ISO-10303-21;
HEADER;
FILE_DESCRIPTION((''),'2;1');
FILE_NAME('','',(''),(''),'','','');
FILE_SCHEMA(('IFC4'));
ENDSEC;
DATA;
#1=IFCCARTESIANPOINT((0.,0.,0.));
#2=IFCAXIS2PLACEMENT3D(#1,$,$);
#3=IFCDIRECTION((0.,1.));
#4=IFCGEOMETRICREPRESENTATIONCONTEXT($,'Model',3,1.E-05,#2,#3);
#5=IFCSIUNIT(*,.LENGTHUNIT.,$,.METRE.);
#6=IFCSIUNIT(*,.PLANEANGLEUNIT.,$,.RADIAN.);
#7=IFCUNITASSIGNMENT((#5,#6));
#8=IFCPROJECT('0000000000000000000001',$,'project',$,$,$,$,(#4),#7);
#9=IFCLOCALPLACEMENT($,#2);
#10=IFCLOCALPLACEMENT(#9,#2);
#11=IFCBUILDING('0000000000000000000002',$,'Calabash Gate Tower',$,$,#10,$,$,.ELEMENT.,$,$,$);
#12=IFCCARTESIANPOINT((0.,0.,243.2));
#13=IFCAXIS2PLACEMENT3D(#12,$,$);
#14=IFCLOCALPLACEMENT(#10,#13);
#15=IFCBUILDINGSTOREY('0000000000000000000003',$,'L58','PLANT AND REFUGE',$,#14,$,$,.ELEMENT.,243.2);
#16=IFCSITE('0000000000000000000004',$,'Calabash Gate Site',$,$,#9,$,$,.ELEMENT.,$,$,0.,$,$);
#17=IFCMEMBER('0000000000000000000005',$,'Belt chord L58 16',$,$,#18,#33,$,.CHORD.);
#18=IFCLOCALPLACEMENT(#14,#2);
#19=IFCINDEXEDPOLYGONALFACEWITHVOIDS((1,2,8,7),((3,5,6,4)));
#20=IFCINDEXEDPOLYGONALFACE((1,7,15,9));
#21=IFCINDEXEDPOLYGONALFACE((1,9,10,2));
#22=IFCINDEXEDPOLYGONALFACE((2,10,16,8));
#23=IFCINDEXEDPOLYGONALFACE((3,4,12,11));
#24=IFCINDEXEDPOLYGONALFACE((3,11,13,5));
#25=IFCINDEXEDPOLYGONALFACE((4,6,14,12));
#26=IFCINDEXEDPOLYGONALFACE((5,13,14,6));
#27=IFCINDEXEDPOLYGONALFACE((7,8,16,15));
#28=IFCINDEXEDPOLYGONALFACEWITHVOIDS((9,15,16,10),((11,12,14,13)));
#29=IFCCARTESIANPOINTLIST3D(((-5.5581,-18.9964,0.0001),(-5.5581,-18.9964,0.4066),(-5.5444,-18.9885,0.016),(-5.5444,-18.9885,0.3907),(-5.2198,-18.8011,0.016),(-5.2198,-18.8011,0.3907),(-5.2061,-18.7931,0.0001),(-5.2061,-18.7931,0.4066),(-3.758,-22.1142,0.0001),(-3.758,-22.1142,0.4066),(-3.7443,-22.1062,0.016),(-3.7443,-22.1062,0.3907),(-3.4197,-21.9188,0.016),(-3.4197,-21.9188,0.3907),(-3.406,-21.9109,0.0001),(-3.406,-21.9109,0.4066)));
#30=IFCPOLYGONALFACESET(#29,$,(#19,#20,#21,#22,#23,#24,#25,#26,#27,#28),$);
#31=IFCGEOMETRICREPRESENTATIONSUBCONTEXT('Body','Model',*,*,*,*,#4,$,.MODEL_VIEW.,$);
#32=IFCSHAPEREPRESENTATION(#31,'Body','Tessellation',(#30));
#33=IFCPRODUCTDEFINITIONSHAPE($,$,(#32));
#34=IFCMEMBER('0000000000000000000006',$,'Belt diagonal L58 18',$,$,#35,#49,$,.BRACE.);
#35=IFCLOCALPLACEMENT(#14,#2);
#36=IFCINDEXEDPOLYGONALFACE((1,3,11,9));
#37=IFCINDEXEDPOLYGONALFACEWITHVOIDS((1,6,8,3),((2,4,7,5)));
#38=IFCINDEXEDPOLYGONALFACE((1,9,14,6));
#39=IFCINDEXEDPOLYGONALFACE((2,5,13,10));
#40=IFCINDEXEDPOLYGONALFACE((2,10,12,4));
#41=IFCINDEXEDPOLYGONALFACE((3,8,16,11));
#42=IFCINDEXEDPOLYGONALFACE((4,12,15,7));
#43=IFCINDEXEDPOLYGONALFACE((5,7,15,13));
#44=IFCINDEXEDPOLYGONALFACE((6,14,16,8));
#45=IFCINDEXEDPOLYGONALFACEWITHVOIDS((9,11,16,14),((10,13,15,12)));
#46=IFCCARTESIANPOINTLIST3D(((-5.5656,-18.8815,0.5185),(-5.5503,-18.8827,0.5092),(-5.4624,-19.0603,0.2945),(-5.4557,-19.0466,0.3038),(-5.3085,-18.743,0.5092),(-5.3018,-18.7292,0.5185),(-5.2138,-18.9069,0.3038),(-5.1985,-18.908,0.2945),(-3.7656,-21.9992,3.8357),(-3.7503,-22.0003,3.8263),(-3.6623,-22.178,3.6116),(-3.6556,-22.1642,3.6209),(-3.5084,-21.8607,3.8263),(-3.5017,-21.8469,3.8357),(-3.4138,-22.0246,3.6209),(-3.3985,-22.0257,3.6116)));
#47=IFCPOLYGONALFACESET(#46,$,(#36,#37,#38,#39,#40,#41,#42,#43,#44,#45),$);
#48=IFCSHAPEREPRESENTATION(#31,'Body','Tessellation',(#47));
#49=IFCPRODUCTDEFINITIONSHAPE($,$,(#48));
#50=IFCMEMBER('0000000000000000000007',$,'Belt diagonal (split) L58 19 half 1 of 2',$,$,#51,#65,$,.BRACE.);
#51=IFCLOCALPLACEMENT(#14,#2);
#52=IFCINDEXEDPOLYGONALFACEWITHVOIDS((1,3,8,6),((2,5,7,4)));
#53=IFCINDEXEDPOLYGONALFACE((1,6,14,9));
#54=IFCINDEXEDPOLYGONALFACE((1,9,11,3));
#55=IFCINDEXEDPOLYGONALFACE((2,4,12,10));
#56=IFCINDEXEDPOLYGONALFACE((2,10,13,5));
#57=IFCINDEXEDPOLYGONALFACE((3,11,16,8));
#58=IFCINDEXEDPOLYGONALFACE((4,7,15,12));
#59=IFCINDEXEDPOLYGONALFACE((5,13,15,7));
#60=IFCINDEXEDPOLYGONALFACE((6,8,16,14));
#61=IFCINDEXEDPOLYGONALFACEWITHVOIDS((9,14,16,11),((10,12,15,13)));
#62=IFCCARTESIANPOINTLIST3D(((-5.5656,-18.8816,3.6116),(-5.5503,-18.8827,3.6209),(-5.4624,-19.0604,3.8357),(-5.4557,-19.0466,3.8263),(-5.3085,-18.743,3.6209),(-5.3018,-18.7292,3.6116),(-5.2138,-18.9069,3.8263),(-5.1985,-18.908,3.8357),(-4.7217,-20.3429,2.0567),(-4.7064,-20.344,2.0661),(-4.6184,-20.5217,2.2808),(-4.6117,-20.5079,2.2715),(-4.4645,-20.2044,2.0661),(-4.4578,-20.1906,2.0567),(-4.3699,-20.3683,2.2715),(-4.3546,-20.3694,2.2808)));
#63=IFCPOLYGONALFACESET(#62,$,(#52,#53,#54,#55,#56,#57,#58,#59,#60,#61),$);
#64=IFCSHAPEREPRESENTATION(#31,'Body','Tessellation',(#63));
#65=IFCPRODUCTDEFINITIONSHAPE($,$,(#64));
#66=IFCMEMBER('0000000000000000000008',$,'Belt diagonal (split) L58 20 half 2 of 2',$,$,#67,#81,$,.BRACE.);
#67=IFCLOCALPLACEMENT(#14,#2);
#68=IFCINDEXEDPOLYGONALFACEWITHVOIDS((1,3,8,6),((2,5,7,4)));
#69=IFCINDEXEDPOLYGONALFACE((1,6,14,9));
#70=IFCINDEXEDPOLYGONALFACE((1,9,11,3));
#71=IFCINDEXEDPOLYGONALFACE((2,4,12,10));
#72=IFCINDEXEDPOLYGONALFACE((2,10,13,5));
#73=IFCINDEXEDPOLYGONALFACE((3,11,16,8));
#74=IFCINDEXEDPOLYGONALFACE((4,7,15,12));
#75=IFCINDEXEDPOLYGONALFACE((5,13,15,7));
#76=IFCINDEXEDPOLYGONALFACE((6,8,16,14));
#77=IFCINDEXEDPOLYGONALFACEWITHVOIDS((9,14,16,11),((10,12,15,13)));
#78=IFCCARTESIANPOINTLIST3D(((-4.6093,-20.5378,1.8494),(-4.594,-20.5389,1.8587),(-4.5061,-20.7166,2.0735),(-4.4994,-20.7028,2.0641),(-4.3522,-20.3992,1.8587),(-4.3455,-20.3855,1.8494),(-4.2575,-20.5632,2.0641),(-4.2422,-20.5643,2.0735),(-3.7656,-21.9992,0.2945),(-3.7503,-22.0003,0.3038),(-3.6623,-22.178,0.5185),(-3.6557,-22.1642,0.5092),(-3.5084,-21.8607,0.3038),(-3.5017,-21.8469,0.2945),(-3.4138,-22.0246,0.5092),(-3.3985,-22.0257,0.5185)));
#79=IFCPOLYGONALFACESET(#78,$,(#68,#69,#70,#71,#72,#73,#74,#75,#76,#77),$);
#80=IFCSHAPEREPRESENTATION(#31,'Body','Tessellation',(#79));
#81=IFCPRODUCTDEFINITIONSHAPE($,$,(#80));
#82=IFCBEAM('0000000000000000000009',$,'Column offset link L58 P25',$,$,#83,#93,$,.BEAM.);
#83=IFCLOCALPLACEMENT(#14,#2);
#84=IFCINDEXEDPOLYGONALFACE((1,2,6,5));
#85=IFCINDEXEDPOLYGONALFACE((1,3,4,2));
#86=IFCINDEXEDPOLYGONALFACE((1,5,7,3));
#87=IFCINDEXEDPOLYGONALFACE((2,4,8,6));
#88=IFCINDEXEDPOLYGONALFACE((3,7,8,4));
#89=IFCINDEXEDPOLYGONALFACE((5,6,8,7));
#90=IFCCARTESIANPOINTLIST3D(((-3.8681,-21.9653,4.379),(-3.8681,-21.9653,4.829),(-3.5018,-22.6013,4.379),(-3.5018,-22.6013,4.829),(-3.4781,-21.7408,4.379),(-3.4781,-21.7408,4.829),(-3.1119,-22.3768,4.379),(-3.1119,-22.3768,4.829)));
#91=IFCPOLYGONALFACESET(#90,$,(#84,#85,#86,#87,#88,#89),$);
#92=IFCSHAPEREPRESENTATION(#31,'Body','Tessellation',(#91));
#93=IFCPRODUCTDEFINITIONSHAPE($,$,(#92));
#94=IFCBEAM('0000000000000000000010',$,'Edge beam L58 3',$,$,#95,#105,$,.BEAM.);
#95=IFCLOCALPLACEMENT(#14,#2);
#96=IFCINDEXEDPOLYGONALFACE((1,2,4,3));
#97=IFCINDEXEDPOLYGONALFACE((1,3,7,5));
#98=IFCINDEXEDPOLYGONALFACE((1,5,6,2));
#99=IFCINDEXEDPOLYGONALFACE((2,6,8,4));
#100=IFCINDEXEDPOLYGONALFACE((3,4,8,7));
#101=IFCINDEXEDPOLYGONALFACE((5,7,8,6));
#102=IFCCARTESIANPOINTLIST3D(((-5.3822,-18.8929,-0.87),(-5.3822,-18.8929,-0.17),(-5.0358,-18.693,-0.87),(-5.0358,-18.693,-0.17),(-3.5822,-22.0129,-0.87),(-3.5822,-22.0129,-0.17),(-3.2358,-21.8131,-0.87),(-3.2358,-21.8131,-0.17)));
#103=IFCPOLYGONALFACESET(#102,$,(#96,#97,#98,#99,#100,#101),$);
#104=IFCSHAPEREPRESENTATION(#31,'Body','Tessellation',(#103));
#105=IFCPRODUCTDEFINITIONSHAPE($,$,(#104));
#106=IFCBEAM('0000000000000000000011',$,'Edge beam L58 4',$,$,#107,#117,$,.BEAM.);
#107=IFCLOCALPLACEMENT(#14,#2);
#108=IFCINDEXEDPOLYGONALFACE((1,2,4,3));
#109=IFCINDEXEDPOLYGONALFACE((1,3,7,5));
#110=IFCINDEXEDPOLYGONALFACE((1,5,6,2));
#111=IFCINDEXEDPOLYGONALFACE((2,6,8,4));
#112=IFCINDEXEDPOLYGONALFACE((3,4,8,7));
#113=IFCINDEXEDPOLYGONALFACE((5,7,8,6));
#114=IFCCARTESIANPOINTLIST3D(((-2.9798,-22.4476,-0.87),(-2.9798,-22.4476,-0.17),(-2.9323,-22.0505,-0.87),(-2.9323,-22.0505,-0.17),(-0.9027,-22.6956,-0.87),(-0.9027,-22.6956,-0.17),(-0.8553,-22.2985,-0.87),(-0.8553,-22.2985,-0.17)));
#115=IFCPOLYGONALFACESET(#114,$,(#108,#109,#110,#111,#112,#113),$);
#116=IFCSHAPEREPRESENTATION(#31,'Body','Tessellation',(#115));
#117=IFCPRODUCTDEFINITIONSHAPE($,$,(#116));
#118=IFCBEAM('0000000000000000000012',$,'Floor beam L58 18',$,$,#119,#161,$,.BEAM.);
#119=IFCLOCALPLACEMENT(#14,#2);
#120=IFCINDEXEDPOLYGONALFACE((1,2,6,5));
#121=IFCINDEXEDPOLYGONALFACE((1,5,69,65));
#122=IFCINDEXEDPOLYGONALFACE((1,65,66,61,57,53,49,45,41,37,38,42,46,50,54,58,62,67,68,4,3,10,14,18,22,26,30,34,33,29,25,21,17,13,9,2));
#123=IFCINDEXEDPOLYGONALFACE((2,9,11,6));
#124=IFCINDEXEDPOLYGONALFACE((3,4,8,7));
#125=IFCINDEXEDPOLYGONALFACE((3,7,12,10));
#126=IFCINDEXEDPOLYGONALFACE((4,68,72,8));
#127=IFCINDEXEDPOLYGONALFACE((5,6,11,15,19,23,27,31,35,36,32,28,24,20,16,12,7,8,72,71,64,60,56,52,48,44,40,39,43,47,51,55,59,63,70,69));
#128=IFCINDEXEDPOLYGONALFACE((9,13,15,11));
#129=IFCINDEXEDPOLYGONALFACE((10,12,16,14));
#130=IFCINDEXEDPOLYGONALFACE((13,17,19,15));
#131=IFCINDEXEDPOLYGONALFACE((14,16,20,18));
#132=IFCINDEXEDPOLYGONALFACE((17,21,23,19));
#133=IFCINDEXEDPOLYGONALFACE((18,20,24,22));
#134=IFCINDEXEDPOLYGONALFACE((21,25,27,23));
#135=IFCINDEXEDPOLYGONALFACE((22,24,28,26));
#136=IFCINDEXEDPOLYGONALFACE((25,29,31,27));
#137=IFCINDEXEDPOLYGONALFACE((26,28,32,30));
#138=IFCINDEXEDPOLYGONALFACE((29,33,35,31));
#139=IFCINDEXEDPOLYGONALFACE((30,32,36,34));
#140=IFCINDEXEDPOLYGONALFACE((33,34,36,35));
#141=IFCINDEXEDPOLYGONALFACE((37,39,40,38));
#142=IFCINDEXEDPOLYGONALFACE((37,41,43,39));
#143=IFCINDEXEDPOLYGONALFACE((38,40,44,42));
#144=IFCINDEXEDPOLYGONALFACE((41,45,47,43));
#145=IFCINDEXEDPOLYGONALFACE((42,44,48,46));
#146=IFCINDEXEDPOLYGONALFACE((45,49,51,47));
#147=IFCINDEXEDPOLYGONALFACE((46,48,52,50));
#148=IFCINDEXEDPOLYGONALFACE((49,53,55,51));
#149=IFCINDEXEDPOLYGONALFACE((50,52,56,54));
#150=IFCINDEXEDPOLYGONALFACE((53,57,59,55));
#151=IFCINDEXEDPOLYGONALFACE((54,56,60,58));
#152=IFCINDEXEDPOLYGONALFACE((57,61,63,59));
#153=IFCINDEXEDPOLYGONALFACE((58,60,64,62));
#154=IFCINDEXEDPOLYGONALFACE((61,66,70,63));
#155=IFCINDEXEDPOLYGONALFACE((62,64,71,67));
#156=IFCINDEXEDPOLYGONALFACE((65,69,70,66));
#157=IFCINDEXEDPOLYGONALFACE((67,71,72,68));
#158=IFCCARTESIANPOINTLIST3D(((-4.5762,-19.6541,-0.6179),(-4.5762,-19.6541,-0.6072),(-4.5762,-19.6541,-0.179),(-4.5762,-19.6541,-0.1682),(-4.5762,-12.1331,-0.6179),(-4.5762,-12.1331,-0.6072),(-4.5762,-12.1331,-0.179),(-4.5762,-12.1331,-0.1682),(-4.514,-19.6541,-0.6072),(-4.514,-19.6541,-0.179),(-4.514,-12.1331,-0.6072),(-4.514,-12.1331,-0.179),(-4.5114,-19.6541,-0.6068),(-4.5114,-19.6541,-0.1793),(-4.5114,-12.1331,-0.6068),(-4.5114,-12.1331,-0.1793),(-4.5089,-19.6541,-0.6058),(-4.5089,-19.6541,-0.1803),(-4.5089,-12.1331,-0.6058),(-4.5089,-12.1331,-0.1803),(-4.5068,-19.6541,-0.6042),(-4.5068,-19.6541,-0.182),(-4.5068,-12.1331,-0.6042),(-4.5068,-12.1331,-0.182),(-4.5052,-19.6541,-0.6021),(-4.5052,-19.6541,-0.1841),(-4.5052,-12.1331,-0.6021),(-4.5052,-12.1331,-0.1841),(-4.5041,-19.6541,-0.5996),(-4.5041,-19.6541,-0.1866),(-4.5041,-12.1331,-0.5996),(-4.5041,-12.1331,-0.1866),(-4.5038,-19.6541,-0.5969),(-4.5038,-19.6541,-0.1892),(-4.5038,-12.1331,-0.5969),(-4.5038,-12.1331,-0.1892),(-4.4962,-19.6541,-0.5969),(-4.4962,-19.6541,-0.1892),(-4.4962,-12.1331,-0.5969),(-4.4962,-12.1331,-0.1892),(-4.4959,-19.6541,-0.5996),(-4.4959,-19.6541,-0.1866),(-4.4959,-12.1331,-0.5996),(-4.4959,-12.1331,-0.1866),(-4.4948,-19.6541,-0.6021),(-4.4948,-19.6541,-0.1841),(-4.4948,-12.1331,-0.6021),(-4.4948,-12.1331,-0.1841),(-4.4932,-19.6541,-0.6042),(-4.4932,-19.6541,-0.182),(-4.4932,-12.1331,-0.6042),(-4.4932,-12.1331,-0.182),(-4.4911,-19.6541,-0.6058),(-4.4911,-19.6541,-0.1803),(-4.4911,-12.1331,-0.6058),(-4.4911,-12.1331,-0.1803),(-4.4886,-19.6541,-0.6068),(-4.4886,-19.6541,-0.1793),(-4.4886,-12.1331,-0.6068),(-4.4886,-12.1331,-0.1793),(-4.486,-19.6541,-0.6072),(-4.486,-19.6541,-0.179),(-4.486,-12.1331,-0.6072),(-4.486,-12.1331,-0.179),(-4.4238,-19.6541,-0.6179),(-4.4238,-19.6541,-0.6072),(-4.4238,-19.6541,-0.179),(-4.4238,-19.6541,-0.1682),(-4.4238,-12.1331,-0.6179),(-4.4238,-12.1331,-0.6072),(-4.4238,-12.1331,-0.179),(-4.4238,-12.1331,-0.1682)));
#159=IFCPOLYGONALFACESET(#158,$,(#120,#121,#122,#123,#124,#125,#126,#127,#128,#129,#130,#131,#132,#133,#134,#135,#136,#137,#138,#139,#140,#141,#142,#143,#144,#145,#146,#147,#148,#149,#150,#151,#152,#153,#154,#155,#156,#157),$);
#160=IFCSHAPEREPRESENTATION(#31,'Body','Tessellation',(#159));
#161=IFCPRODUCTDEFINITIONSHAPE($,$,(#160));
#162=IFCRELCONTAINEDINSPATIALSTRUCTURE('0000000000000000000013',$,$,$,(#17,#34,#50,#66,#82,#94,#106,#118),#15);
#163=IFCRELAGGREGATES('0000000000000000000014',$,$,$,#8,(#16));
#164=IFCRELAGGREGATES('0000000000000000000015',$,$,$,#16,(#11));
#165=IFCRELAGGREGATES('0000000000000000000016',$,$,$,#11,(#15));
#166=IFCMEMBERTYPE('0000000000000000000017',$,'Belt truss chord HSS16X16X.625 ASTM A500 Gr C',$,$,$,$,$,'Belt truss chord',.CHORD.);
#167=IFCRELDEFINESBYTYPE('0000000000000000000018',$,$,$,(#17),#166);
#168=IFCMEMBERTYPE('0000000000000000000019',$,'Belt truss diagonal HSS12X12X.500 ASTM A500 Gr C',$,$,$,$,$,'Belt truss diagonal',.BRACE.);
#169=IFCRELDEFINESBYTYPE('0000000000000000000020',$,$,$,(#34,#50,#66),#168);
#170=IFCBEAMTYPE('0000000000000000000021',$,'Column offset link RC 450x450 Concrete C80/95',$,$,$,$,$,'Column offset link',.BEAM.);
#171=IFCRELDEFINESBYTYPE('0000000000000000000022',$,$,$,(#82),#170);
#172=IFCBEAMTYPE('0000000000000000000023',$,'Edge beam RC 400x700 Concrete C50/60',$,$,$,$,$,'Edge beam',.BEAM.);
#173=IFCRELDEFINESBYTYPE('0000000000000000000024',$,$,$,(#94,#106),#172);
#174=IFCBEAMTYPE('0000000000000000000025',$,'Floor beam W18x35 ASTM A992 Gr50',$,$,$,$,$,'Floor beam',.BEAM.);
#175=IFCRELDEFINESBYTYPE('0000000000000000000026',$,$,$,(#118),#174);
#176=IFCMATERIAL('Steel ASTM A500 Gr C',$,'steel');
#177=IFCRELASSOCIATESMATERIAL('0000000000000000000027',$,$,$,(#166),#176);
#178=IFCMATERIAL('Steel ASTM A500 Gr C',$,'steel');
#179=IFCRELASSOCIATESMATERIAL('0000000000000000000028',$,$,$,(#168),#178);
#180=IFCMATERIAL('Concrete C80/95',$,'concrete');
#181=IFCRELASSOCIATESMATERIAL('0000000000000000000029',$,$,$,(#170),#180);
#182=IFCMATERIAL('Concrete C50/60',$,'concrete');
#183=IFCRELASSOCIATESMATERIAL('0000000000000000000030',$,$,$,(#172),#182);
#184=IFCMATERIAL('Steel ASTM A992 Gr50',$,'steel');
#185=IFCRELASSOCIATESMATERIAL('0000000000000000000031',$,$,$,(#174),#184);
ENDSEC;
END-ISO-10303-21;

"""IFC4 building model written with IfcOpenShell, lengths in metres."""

from ifc_helpers import new_model, si_unit, direction, frame, origin, origin_2d, place, context, subcontext, project, spatial, rectangle, hollow_rectangle, i_section, extrude, material, material_profile, profile_set, type_object, element, save


model = new_model("IFC4")

# Units and contexts
model_context = context("Model", 3, precision=1e-05, world=origin(), true_north=direction((0.0, 1.0)))
body_context = subcontext(model_context, "Body", "Model", "MODEL_VIEW")
ifc_project = project(units=[si_unit("LENGTHUNIT", "METRE"), si_unit("PLANEANGLEUNIT", "RADIAN")], contexts=[model_context])

# Site, building, storey
site_placement = place(None, origin())
site = spatial("IfcSite", under=ifc_project, at=site_placement, Name="Calabash Gate Site", CompositionType="ELEMENT", RefElevation=0.0)
building_placement = place(site_placement, origin())
building = spatial("IfcBuilding", under=site, at=building_placement, Name="Calabash Gate Tower", CompositionType="ELEMENT")
storey_placement = place(building_placement, frame((0.0, 0.0, 243.2)))
storey = spatial("IfcBuildingStorey", under=building, at=storey_placement, Name="L58", Description="PLANT AND REFUGE", CompositionType="ELEMENT", Elevation=243.2)

# Members
ifc_material_1 = material(Name="Steel ASTM A500 Gr C", Category="steel")
ifc_material_profile_1 = material_profile(ifc_material_1, hollow_rectangle(XDim=0.4065, YDim=0.4065, WallThickness=0.0159, at=origin_2d()))
ifc_profile_set_1 = profile_set([ifc_material_profile_1], Name="Steel ASTM A500 Gr C")
member_type_1 = type_object("IfcMemberType", Name="Belt truss chord HSS16X16X.625 ASTM A500 Gr C", ElementType="Belt truss chord", PredefinedType="CHORD", material=ifc_profile_set_1)
member_1_placement = place(storey_placement, frame((-5.3821, -18.8948, 0.2034), z_axis=(0.500012, -0.866018, 0.0), x_axis=(0.866018, 0.500012, 0.0)))
element("IfcMember", 1, at=member_1_placement, inside=storey, type_object=member_type_1, Name="Belt chord L58 16", PredefinedType="CHORD", context=body_context, shape_type="SweptSolid", body=[
    extrude(hollow_rectangle(XDim=0.4065, YDim=0.4065, WallThickness=0.0159, at=origin_2d()), origin(), (0.0, 0.0, 1.0), 3.6001),
])
ifc_material_2 = material(Name="Steel ASTM A500 Gr C", Category="steel")
ifc_material_profile_2 = material_profile(ifc_material_2, hollow_rectangle(XDim=0.3047, YDim=0.3047, WallThickness=0.0127, at=origin_2d()))
ifc_profile_set_2 = profile_set([ifc_material_profile_2], Name="Steel ASTM A500 Gr C")
member_type_2 = type_object("IfcMemberType", Name="Belt truss diagonal HSS12X12X.500 ASTM A500 Gr C", ElementType="Belt truss diagonal", PredefinedType="BRACE", material=ifc_profile_set_2)
member_2_placement = place(storey_placement, frame((-5.3821, -18.8948, 0.4065), z_axis=(0.367713, -0.636878, 0.677624), x_axis=(0.866018, 0.500012, 0.0)))
element("IfcMember", 2, at=member_2_placement, inside=storey, type_object=member_type_2, Name="Belt diagonal L58 18", PredefinedType="BRACE", context=body_context, shape_type="SweptSolid", body=[
    extrude(hollow_rectangle(XDim=0.3047, YDim=0.3047, WallThickness=0.0127, at=origin_2d()), origin(), (0.0, 0.0, 1.0), 4.8953),
])
for number, where, z_axis, x_axis, name in (
    (3, (-5.3821, -18.8948, 3.7236), (0.367793, -0.636855, -0.677602), (0.865964, 0.500106, 0.0), "Belt diagonal (split) L58 19 half 1 of 2"),
    (4, (-4.4258, -20.551, 1.9614), (0.367701, -0.63688, -0.677629), (0.866027, 0.499998, 0.0), "Belt diagonal (split) L58 20 half 2 of 2"),
):
    element("IfcMember", number, at=place(storey_placement, frame(where, z_axis=z_axis, x_axis=x_axis)), inside=storey, type_object=member_type_2, Name=name, PredefinedType="BRACE", context=body_context, shape_type="SweptSolid", body=[
        extrude(hollow_rectangle(XDim=0.3047, YDim=0.3047, WallThickness=0.0127, at=origin_2d()), origin(), (0.0, 0.0, 1.0), 2.2947),
    ])

# Beams
ifc_material_3 = material(Name="Concrete C80/95", Category="concrete")
ifc_material_profile_3 = material_profile(ifc_material_3, rectangle(XDim=0.45, YDim=0.45, at=origin_2d()))
ifc_profile_set_3 = profile_set([ifc_material_profile_3], Name="Concrete C80/95")
beam_type_1 = type_object("IfcBeamType", Name="Column offset link RC 450x450 Concrete C80/95", ElementType="Column offset link", PredefinedType="BEAM", material=ifc_profile_set_3)
beam_1_placement = place(storey_placement, frame((-3.3069, -22.489, 4.604), z_axis=(-0.499002, 0.866601, 0.0), x_axis=(-0.866601, -0.499002, 0.0)))
element("IfcBeam", 5, at=beam_1_placement, inside=storey, type_object=beam_type_1, Name="Column offset link L58 P25", PredefinedType="BEAM", context=body_context, shape_type="SweptSolid", body=[
    extrude(rectangle(XDim=0.45, YDim=0.45, at=origin_2d()), origin(), (0.0, 0.0, 1.0), 0.7339),
])
ifc_material_4 = material(Name="Concrete C50/60", Category="concrete")
ifc_material_profile_4 = material_profile(ifc_material_4, rectangle(XDim=0.3999, YDim=0.7, at=origin_2d()))
ifc_profile_set_4 = profile_set([ifc_material_profile_4], Name="Concrete C50/60")
beam_type_2 = type_object("IfcBeamType", Name="Edge beam RC 400x700 Concrete C50/60", ElementType="Edge beam", PredefinedType="BEAM", material=ifc_profile_set_4)
beam_2_placement = place(storey_placement, frame((-5.209, -18.793, -0.52), z_axis=(0.499719, -0.866188, 0.0), x_axis=(0.866188, 0.499719, 0.0)))
element("IfcBeam", 6, at=beam_2_placement, inside=storey, type_object=beam_type_2, Name="Edge beam L58 3", PredefinedType="BEAM", context=body_context, shape_type="SweptSolid", body=[
    extrude(rectangle(XDim=0.3999, YDim=0.7, at=origin_2d()), origin(), (0.0, 0.0, 1.0), 3.6021),
])
beam_3_placement = place(storey_placement, frame((-2.9561, -22.249, -0.52), z_axis=(0.992945, -0.118575, 0.0), x_axis=(0.118575, 0.992945, 0.0)))
element("IfcBeam", 7, at=beam_3_placement, inside=storey, type_object=beam_type_2, Name="Edge beam L58 4", PredefinedType="BEAM", context=body_context, shape_type="SweptSolid", body=[
    extrude(rectangle(XDim=0.3999, YDim=0.7, at=origin_2d()), origin(), (0.0, 0.0, 1.0), 2.0918),
])
ifc_material_5 = material(Name="Steel ASTM A992 Gr50", Category="steel")
ifc_material_profile_5 = material_profile(ifc_material_5, i_section(OverallWidth=0.1523, OverallDepth=0.4497, WebThickness=0.0076, FlangeThickness=0.0107, FilletRadius=0.0103, at=origin_2d()))
ifc_profile_set_5 = profile_set([ifc_material_profile_5], Name="Steel ASTM A992 Gr50")
beam_type_3 = type_object("IfcBeamType", Name="Floor beam W18x35 ASTM A992 Gr50", ElementType="Floor beam", PredefinedType="BEAM", material=ifc_profile_set_5)
beam_4_placement = place(storey_placement, frame((-4.5, -19.6541, -0.3931), z_axis=(0.0, 1.0, 0.0), x_axis=(-1.0, 0.0, 0.0)))
element("IfcBeam", 8, at=beam_4_placement, inside=storey, type_object=beam_type_3, Name="Floor beam L58 18", PredefinedType="BEAM", context=body_context, shape_type="SweptSolid", body=[
    extrude(i_section(OverallWidth=0.1523, OverallDepth=0.4497, WebThickness=0.0076, FlangeThickness=0.0107, FilletRadius=0.0103, at=origin_2d()), origin(), (0.0, 0.0, 1.0), 7.521),
])

save(model, "model.ifc")
